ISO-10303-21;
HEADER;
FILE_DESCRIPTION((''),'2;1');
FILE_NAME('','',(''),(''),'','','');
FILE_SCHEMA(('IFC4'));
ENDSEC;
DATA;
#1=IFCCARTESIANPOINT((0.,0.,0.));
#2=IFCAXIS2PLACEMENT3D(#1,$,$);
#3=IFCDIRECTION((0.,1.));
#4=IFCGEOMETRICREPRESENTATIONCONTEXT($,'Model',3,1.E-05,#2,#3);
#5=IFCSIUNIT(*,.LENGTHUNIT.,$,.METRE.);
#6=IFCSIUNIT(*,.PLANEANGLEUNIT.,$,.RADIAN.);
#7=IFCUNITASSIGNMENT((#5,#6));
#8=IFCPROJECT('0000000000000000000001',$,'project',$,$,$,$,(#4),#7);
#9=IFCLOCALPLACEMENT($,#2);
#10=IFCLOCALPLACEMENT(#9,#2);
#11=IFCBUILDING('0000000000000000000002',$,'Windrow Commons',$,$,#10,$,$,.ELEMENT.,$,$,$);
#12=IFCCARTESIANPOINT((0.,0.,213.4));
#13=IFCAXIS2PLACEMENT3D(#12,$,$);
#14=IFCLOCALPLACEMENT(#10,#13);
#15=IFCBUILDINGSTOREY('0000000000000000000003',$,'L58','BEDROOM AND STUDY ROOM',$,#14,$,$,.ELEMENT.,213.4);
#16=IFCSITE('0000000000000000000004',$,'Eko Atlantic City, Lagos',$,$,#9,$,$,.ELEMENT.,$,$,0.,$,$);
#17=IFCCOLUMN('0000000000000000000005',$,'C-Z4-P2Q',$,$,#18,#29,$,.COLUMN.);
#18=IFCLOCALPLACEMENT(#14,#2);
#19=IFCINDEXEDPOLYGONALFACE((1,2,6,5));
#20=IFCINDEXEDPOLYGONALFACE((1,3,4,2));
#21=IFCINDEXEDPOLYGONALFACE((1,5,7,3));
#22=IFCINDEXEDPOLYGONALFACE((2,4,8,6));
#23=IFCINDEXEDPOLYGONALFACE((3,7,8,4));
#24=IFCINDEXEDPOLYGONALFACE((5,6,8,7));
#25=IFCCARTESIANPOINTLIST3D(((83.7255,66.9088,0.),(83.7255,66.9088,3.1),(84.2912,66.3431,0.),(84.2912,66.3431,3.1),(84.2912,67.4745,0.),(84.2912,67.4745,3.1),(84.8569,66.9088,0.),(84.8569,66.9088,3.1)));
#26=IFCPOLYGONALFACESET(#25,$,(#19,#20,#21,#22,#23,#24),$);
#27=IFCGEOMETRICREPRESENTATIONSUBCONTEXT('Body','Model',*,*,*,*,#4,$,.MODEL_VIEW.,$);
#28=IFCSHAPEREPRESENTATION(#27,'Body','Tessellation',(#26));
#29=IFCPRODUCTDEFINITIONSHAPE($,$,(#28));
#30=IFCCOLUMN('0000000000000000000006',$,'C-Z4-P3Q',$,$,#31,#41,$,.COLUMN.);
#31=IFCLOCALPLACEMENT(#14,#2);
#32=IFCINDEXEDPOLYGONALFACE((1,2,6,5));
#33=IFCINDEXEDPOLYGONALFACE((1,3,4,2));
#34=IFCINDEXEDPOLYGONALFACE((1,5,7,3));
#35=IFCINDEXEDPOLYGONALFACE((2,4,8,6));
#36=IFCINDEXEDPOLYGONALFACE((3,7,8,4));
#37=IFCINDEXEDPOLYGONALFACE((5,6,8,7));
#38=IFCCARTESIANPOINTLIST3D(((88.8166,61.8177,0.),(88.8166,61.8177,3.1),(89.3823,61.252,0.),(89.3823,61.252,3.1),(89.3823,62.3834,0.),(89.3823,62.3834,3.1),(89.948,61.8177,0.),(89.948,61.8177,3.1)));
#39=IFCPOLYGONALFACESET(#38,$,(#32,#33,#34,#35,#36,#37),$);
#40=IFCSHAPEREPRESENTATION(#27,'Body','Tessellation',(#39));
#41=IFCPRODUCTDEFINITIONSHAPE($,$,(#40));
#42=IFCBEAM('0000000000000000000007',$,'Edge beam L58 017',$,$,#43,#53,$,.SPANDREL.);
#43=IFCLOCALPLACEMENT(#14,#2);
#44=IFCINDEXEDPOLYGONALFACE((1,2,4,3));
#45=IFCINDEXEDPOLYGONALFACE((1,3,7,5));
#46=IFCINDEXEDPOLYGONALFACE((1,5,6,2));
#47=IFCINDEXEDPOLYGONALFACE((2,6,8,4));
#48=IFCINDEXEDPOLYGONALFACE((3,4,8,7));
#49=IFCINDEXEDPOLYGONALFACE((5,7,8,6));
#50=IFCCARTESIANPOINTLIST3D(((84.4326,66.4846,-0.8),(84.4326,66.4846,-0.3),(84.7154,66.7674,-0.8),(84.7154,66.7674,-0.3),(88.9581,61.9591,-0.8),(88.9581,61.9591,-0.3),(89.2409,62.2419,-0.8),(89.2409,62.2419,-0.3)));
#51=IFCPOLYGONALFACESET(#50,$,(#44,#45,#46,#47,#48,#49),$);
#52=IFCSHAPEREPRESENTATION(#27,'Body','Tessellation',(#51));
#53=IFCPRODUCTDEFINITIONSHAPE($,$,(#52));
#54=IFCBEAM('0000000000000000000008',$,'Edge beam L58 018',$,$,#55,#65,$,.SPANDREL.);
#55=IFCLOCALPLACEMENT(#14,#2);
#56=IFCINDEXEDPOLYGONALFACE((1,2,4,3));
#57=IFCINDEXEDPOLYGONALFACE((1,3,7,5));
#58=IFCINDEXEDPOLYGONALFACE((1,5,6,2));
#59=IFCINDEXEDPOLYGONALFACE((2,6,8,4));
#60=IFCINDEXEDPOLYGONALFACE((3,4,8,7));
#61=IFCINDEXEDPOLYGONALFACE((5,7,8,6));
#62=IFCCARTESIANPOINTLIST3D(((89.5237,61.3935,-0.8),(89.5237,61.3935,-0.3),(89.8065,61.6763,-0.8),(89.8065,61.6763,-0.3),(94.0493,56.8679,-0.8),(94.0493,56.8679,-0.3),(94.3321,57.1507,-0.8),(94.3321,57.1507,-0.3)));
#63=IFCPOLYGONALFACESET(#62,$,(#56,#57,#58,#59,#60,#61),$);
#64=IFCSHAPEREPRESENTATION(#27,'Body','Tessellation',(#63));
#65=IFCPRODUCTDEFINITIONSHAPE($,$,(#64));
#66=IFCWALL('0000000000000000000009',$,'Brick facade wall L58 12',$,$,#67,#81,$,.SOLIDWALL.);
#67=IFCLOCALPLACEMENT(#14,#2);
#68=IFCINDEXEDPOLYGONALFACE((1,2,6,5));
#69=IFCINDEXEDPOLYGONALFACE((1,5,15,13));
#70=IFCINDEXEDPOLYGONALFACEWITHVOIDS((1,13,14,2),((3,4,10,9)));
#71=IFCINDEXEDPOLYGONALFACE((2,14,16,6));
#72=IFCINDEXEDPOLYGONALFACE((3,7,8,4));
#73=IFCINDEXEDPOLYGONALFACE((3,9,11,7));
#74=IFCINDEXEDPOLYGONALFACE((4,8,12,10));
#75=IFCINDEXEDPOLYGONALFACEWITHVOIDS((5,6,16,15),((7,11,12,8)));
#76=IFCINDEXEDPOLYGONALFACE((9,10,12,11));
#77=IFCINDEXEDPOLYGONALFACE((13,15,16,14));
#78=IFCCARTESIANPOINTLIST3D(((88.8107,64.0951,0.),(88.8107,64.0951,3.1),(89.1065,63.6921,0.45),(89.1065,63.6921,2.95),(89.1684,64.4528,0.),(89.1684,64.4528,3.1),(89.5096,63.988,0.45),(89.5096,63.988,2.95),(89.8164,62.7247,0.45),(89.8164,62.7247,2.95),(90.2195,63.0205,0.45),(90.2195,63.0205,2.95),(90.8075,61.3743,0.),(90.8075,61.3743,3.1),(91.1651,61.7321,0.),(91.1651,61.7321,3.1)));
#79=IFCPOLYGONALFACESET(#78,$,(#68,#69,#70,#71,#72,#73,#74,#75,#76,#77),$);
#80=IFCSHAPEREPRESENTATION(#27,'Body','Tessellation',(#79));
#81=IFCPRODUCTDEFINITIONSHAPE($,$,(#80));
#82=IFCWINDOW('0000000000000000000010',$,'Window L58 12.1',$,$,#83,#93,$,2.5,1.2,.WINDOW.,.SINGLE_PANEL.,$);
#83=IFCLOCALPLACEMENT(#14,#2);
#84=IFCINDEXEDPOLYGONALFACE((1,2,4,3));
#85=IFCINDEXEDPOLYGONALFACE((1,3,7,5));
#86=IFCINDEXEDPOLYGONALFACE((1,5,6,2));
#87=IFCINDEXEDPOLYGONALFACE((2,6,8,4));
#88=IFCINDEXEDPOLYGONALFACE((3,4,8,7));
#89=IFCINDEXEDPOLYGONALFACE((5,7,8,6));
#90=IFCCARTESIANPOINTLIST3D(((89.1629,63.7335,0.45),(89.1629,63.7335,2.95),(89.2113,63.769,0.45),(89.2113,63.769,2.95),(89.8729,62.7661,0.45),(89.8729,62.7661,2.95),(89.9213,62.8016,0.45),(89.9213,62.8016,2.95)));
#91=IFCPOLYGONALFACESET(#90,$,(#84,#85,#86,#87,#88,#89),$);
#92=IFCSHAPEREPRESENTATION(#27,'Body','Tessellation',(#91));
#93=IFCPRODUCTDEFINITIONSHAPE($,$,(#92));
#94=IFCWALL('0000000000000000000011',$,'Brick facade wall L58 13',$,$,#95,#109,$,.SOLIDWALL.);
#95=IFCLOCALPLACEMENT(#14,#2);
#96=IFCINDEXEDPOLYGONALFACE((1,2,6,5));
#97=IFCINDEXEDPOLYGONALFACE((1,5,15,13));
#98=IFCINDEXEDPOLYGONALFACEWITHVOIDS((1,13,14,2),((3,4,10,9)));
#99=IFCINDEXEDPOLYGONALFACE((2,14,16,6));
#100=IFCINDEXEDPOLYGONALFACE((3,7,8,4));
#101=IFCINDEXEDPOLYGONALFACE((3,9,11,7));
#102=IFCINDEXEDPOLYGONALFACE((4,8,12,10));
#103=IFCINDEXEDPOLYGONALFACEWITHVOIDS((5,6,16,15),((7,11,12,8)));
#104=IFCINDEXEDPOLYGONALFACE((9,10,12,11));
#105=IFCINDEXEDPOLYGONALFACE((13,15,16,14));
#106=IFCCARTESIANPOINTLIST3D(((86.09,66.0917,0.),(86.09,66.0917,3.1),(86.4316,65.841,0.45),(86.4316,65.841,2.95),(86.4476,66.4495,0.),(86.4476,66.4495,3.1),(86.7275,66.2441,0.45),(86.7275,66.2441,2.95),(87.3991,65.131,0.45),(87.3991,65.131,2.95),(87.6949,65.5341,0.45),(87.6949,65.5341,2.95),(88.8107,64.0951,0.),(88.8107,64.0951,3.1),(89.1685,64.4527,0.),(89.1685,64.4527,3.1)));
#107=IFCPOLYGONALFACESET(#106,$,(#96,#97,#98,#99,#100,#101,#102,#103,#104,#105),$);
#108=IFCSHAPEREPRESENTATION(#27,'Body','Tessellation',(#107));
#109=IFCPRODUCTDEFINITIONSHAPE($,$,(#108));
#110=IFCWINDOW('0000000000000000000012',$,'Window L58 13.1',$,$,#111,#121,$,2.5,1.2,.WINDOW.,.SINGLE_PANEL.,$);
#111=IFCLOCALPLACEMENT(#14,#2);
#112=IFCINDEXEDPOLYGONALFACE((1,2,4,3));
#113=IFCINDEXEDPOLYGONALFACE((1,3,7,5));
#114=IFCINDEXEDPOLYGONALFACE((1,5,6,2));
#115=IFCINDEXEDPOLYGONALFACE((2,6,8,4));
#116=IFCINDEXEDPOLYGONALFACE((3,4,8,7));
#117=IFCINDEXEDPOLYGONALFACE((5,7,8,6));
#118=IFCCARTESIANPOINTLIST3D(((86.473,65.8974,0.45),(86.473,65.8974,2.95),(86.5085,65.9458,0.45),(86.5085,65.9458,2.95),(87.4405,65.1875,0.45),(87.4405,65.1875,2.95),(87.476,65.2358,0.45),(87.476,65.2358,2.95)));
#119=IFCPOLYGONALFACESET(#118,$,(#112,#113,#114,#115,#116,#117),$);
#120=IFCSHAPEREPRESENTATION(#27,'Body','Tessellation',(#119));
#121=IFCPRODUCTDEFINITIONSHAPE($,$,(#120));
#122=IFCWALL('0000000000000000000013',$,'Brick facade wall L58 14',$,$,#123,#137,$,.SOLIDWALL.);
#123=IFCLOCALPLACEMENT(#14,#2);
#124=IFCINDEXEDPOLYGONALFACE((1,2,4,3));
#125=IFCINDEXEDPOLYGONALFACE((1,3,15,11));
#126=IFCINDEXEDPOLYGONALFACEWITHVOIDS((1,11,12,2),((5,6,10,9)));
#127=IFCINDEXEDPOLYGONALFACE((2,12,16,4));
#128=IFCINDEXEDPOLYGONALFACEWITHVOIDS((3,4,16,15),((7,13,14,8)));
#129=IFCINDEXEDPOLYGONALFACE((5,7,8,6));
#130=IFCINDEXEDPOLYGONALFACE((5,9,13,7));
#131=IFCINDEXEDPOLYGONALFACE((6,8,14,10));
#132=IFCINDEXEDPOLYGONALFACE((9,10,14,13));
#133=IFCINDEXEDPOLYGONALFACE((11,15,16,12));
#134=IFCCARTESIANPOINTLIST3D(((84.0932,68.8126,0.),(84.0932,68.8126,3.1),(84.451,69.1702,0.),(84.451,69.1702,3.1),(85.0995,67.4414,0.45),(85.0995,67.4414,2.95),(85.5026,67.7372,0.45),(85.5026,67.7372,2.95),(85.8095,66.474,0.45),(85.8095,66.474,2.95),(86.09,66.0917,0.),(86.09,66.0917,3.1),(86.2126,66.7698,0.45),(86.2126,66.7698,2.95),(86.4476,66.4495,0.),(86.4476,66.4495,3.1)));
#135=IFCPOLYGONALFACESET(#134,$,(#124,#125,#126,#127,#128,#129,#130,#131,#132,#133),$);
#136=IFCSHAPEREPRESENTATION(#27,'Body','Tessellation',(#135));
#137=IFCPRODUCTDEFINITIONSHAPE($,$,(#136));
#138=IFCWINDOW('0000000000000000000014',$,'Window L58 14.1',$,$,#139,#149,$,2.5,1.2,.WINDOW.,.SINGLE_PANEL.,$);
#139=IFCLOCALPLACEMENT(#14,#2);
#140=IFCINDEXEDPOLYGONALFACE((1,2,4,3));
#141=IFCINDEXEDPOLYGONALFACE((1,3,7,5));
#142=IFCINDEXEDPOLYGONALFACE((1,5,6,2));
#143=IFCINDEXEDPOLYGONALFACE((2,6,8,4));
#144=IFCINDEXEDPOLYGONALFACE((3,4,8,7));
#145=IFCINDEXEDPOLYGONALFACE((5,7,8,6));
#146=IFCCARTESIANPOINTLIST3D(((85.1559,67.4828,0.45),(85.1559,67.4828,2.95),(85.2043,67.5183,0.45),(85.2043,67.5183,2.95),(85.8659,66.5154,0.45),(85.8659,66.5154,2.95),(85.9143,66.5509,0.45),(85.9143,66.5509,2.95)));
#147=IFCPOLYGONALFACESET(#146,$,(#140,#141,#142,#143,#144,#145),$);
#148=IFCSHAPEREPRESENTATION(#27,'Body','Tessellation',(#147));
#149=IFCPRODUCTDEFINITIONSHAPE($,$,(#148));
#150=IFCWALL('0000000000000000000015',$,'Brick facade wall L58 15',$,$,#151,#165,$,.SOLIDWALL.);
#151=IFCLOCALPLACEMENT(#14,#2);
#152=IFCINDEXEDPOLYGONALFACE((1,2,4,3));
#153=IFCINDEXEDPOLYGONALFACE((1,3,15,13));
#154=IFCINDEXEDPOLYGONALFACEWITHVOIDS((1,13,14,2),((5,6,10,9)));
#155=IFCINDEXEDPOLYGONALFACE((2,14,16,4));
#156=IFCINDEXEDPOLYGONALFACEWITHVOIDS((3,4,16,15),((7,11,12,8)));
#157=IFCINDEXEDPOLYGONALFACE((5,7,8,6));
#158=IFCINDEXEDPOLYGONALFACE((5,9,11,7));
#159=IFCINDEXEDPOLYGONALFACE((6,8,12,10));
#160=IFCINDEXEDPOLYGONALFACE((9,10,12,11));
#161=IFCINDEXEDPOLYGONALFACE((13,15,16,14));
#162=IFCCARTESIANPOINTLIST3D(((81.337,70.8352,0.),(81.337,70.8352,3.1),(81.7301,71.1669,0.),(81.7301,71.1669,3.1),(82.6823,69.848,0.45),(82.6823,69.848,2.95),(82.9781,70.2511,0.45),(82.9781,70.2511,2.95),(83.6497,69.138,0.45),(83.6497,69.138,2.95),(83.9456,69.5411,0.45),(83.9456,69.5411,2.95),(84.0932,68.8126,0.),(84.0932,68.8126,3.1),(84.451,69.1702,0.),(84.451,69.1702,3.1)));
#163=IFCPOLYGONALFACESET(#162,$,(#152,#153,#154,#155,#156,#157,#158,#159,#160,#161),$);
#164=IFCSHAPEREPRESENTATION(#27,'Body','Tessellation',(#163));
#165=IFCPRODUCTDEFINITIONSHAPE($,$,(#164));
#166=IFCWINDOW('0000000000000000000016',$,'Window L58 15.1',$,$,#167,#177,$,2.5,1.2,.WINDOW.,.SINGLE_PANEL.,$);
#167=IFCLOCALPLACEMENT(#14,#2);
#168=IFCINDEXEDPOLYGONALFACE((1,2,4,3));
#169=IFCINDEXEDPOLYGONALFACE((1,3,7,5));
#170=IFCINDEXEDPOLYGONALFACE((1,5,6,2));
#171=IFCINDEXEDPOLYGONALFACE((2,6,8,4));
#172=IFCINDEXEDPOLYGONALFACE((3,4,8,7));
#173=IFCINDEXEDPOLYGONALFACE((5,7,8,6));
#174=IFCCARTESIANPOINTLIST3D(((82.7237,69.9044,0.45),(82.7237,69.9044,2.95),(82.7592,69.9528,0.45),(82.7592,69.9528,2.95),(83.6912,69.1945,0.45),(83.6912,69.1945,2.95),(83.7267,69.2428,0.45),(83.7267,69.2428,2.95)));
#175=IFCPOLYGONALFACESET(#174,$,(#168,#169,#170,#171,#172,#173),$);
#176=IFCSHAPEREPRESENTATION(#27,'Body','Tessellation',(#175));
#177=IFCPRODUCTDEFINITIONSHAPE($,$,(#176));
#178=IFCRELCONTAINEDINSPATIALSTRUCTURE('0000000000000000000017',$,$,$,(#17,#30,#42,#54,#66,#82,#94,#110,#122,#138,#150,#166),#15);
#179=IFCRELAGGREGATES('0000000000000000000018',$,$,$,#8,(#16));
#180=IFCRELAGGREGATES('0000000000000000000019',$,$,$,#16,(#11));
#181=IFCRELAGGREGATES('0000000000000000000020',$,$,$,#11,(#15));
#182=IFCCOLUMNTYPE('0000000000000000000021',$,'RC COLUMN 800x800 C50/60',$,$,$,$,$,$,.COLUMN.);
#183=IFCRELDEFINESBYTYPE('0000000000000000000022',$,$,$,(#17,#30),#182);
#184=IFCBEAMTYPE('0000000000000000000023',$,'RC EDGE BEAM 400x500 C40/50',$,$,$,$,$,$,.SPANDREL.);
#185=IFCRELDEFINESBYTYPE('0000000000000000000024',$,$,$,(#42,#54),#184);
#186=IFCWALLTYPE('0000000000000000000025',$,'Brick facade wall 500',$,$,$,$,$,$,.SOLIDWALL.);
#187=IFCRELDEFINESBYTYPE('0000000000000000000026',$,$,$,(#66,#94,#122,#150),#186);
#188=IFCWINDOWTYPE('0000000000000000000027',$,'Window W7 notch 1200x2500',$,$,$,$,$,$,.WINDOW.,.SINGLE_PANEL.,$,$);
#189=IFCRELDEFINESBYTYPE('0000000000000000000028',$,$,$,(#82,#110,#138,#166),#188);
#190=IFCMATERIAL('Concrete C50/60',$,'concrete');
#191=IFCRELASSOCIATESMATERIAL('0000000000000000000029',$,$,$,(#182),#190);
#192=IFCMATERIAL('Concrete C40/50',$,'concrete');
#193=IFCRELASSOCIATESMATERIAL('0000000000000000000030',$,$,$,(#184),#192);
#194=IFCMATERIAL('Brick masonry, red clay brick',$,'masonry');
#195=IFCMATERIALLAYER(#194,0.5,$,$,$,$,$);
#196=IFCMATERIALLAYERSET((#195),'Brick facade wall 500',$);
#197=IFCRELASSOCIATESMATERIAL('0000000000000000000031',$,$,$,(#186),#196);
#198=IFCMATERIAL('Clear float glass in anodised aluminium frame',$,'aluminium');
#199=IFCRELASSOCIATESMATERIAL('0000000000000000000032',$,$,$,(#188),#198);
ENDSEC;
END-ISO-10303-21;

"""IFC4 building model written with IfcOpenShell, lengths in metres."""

from ifc_helpers import new_model, si_unit, direction, frame, frame_2d, origin, origin_2d, place, context, subcontext, project, spatial, polyline, rectangle, outline, extrude, material, layer, layer_set, material_profile, profile_set, type_object, element, fill, save


model = new_model("IFC4")

# Units and contexts
model_context = context("Model", 3, precision=1e-05, world=origin(), true_north=direction((0.0, 1.0)))
body_context = subcontext(model_context, "Body", "Model", "MODEL_VIEW")
ifc_project = project(units=[si_unit("LENGTHUNIT", "METRE"), si_unit("PLANEANGLEUNIT", "RADIAN")], contexts=[model_context])

# Site, building, storey
site_placement = place(None, origin())
site = spatial("IfcSite", under=ifc_project, at=site_placement, Name="Eko Atlantic City, Lagos", CompositionType="ELEMENT", RefElevation=0.0)
building_placement = place(site_placement, origin())
building = spatial("IfcBuilding", under=site, at=building_placement, Name="Windrow Commons", CompositionType="ELEMENT")
storey_placement = place(building_placement, frame((0.0, 0.0, 213.4)))
storey = spatial("IfcBuildingStorey", under=building, at=storey_placement, Name="L58", Description="BEDROOM AND STUDY ROOM", CompositionType="ELEMENT", Elevation=213.4)

# Columns
ifc_material_1 = material(Name="Concrete C50/60", Category="concrete")
ifc_material_profile_1 = material_profile(ifc_material_1, rectangle(XDim=0.8, YDim=0.8, at=origin_2d()))
ifc_profile_set_1 = profile_set([ifc_material_profile_1], Name="Concrete C50/60")
column_type = type_object("IfcColumnType", Name="RC COLUMN 800x800 C50/60", PredefinedType="COLUMN", material=ifc_profile_set_1)
for number, where, z_axis, x_axis, name in (
    (1, (84.2912, 66.9088, 0.0), (0.0, 0.0, 1.0), (0.707107, -0.707107, 0.0), "C-Z4-P2Q"),
    (2, (89.3823, 61.8177, 0.0), (0.0, 0.0, 1.0), (0.707107, -0.707107, 0.0), "C-Z4-P3Q"),
):
    element("IfcColumn", number, at=place(storey_placement, frame(where, z_axis=z_axis, x_axis=x_axis)), inside=storey, type_object=column_type, Name=name, PredefinedType="COLUMN", context=body_context, shape_type="SweptSolid", body=[
        extrude(rectangle(XDim=0.8, YDim=0.8, at=origin_2d()), origin(), (0.0, 0.0, 1.0), 3.1),
    ])

# Beams
ifc_material_2 = material(Name="Concrete C40/50", Category="concrete")
ifc_material_profile_2 = material_profile(ifc_material_2, rectangle(XDim=0.4, YDim=0.5, at=origin_2d()))
ifc_profile_set_2 = profile_set([ifc_material_profile_2], Name="Concrete C40/50")
beam_type = type_object("IfcBeamType", Name="RC EDGE BEAM 400x500 C40/50", PredefinedType="SPANDREL", material=ifc_profile_set_2)
beam_1_placement = place(storey_placement, frame((84.574, 66.626, -0.55), z_axis=(0.707107, -0.707107, 0.0), x_axis=(0.707107, 0.707107, 0.0)))
element("IfcBeam", 3, at=beam_1_placement, inside=storey, type_object=beam_type, Name="Edge beam L58 017", PredefinedType="SPANDREL", context=body_context, shape_type="SweptSolid", body=[
    extrude(rectangle(XDim=0.4, YDim=0.5, at=origin_2d()), origin(), (0.0, 0.0, 1.0), 6.4),
])
beam_2_placement = place(storey_placement, frame((89.6651, 61.5349, -0.55), z_axis=(0.707107, -0.707107, 0.0), x_axis=(0.707107, 0.707107, 0.0)))
element("IfcBeam", 4, at=beam_2_placement, inside=storey, type_object=beam_type, Name="Edge beam L58 018", PredefinedType="SPANDREL", context=body_context, shape_type="SweptSolid", body=[
    extrude(rectangle(XDim=0.4, YDim=0.5, at=origin_2d()), origin(), (0.0, 0.0, 1.0), 6.4002),
])

# Walls, openings, windows
ifc_material_3 = material(Name="Brick masonry, red clay brick", Category="masonry")
ifc_layer_1 = layer(ifc_material_3, 0.5)
ifc_layer_set_1 = layer_set([ifc_layer_1], Name="Brick facade wall 500")
wall_type_1 = type_object("IfcWallType", Name="Brick facade wall 500", PredefinedType="SOLIDWALL", material=ifc_layer_set_1)
wall_1_placement = place(storey_placement, frame((90.9863, 61.5532, 0.0), z_axis=(0.0, 0.0, 1.0), x_axis=(-0.591657, 0.80619, 0.0)))
wall_1 = element("IfcWall", 5, at=wall_1_placement, inside=storey, type_object=wall_type_1, Name="Brick facade wall L58 12", PredefinedType="SOLIDWALL", context=body_context, shape_type="SweptSolid", body=[
    extrude(outline(polyline([(0.0384, -0.25), (3.4132, -0.25), (3.3365, 0.25), (-0.0384, 0.25), (0.0384, -0.25)])), origin(), (0.0, 0.0, 1.0), 3.1),
])
opening_1_placement = place(wall_1_placement, frame((1.6366, 0.0, 0.45)))
opening_1 = element("IfcOpeningElement", 6, at=opening_1_placement, cuts=wall_1, PredefinedType="OPENING", context=body_context, shape_type="SweptSolid", body=[
    extrude(rectangle(XDim=1.2, YDim=2.5, at=frame_2d((0.6, 1.25))), frame((0.0, 0.26, 0.0), z_axis=(0.0, -1.0, 0.0), x_axis=(1.0, 0.0, 0.0)), (0.0, 0.0, 1.0), 0.52),
])
ifc_material_4 = material(Name="Clear float glass in anodised aluminium frame", Category="aluminium")
window_type = type_object("IfcWindowType", Name="Window W7 notch 1200x2500", PartitioningType="SINGLE_PANEL", PredefinedType="WINDOW", material=ifc_material_4)
window_1_placement = place(opening_1_placement, origin())
window_1 = element("IfcWindow", 7, at=window_1_placement, inside=storey, type_object=window_type, Name="Window L58 12.1", OverallHeight=2.5, OverallWidth=1.2, PartitioningType="SINGLE_PANEL", PredefinedType="WINDOW", context=body_context, shape_type="SweptSolid", body=[
    extrude(rectangle(XDim=1.2, YDim=2.5, at=frame_2d((0.6, 1.25))), frame((0.0, 0.18, 0.0), z_axis=(0.0, -1.0, 0.0), x_axis=(1.0, 0.0, 0.0)), (0.0, 0.0, 1.0), 0.06),
])
fill(opening_1, window_1)
wall_2_placement = place(storey_placement, frame((88.9896, 64.2739, 0.0), z_axis=(0.0, 0.0, 1.0), x_axis=(-0.806201, 0.591642, 0.0)))
wall_2 = element("IfcWall", 8, at=wall_2_placement, inside=storey, type_object=wall_type_1, Name="Brick facade wall L58 13", PredefinedType="SOLIDWALL", context=body_context, shape_type="SweptSolid", body=[
    extrude(outline(polyline([(-0.0384, -0.25), (3.3365, -0.25), (3.4132, 0.25), (0.0384, 0.25), (-0.0384, -0.25)])), origin(), (0.0, 0.0, 1.0), 3.1),
])
opening_2_placement = place(wall_2_placement, frame((1.7894, 0.0, 0.45)))
opening_2 = element("IfcOpeningElement", 9, at=opening_2_placement, cuts=wall_2, PredefinedType="OPENING", context=body_context, shape_type="SweptSolid", body=[
    extrude(rectangle(XDim=1.2, YDim=2.5, at=frame_2d((0.6, 1.25))), frame((0.0, 0.26, 0.0), z_axis=(0.0, -1.0, 0.0), x_axis=(1.0, 0.0, 0.0)), (0.0, 0.0, 1.0), 0.52),
])
window_2_placement = place(opening_2_placement, origin())
window_2 = element("IfcWindow", 10, at=window_2_placement, inside=storey, type_object=window_type, Name="Window L58 13.1", OverallHeight=2.5, OverallWidth=1.2, PartitioningType="SINGLE_PANEL", PredefinedType="WINDOW", context=body_context, shape_type="SweptSolid", body=[
    extrude(rectangle(XDim=1.2, YDim=2.5, at=frame_2d((0.6, 1.25))), frame((0.0, 0.18, 0.0), z_axis=(0.0, -1.0, 0.0), x_axis=(1.0, 0.0, 0.0)), (0.0, 0.0, 1.0), 0.06),
])
fill(opening_2, window_2)
wall_3_placement = place(storey_placement, frame((86.2688, 66.2706, 0.0), z_axis=(0.0, 0.0, 1.0), x_axis=(-0.591642, 0.806201, 0.0)))
wall_3 = element("IfcWall", 11, at=wall_3_placement, inside=storey, type_object=wall_type_1, Name="Brick facade wall L58 14", PredefinedType="SOLIDWALL", context=body_context, shape_type="SweptSolid", body=[
    extrude(outline(polyline([(0.0384, -0.25), (3.4132, -0.25), (3.3365, 0.25), (-0.0384, 0.25), (0.0384, -0.25)])), origin(), (0.0, 0.0, 1.0), 3.1),
])
opening_3_placement = place(wall_3_placement, frame((0.4357, 0.0, 0.45)))
opening_3 = element("IfcOpeningElement", 12, at=opening_3_placement, cuts=wall_3, PredefinedType="OPENING", context=body_context, shape_type="SweptSolid", body=[
    extrude(rectangle(XDim=1.2, YDim=2.5, at=frame_2d((0.6, 1.25))), frame((0.0, 0.26, 0.0), z_axis=(0.0, -1.0, 0.0), x_axis=(1.0, 0.0, 0.0)), (0.0, 0.0, 1.0), 0.52),
])
window_3_placement = place(opening_3_placement, origin())
window_3 = element("IfcWindow", 13, at=window_3_placement, inside=storey, type_object=window_type, Name="Window L58 14.1", OverallHeight=2.5, OverallWidth=1.2, PartitioningType="SINGLE_PANEL", PredefinedType="WINDOW", context=body_context, shape_type="SweptSolid", body=[
    extrude(rectangle(XDim=1.2, YDim=2.5, at=frame_2d((0.6, 1.25))), frame((0.0, 0.18, 0.0), z_axis=(0.0, -1.0, 0.0), x_axis=(1.0, 0.0, 0.0)), (0.0, 0.0, 1.0), 0.06),
])
fill(opening_3, window_3)
wall_4_placement = place(storey_placement, frame((84.2721, 68.9914, 0.0), z_axis=(0.0, 0.0, 1.0), x_axis=(-0.806209, 0.59163, 0.0)))
wall_4 = element("IfcWall", 14, at=wall_4_placement, inside=storey, type_object=wall_type_1, Name="Brick facade wall L58 15", PredefinedType="SOLIDWALL", context=body_context, shape_type="SweptSolid", body=[
    extrude(outline(polyline([(-0.0384, -0.25), (3.3365, -0.25), (3.4572, 0.25), (0.0384, 0.25), (-0.0384, -0.25)])), origin(), (0.0, 0.0, 1.0), 3.1),
])
opening_4_placement = place(wall_4_placement, frame((0.5885, 0.0, 0.45)))
opening_4 = element("IfcOpeningElement", 15, at=opening_4_placement, cuts=wall_4, PredefinedType="OPENING", context=body_context, shape_type="SweptSolid", body=[
    extrude(rectangle(XDim=1.2, YDim=2.5, at=frame_2d((0.6, 1.25))), frame((0.0, 0.26, 0.0), z_axis=(0.0, -1.0, 0.0), x_axis=(1.0, 0.0, 0.0)), (0.0, 0.0, 1.0), 0.52),
])
window_4_placement = place(opening_4_placement, origin())
window_4 = element("IfcWindow", 16, at=window_4_placement, inside=storey, type_object=window_type, Name="Window L58 15.1", OverallHeight=2.5, OverallWidth=1.2, PartitioningType="SINGLE_PANEL", PredefinedType="WINDOW", context=body_context, shape_type="SweptSolid", body=[
    extrude(rectangle(XDim=1.2, YDim=2.5, at=frame_2d((0.6, 1.25))), frame((0.0, 0.18, 0.0), z_axis=(0.0, -1.0, 0.0), x_axis=(1.0, 0.0, 0.0)), (0.0, 0.0, 1.0), 0.06),
])
fill(opening_4, window_4)

save(model, "model.ifc")
